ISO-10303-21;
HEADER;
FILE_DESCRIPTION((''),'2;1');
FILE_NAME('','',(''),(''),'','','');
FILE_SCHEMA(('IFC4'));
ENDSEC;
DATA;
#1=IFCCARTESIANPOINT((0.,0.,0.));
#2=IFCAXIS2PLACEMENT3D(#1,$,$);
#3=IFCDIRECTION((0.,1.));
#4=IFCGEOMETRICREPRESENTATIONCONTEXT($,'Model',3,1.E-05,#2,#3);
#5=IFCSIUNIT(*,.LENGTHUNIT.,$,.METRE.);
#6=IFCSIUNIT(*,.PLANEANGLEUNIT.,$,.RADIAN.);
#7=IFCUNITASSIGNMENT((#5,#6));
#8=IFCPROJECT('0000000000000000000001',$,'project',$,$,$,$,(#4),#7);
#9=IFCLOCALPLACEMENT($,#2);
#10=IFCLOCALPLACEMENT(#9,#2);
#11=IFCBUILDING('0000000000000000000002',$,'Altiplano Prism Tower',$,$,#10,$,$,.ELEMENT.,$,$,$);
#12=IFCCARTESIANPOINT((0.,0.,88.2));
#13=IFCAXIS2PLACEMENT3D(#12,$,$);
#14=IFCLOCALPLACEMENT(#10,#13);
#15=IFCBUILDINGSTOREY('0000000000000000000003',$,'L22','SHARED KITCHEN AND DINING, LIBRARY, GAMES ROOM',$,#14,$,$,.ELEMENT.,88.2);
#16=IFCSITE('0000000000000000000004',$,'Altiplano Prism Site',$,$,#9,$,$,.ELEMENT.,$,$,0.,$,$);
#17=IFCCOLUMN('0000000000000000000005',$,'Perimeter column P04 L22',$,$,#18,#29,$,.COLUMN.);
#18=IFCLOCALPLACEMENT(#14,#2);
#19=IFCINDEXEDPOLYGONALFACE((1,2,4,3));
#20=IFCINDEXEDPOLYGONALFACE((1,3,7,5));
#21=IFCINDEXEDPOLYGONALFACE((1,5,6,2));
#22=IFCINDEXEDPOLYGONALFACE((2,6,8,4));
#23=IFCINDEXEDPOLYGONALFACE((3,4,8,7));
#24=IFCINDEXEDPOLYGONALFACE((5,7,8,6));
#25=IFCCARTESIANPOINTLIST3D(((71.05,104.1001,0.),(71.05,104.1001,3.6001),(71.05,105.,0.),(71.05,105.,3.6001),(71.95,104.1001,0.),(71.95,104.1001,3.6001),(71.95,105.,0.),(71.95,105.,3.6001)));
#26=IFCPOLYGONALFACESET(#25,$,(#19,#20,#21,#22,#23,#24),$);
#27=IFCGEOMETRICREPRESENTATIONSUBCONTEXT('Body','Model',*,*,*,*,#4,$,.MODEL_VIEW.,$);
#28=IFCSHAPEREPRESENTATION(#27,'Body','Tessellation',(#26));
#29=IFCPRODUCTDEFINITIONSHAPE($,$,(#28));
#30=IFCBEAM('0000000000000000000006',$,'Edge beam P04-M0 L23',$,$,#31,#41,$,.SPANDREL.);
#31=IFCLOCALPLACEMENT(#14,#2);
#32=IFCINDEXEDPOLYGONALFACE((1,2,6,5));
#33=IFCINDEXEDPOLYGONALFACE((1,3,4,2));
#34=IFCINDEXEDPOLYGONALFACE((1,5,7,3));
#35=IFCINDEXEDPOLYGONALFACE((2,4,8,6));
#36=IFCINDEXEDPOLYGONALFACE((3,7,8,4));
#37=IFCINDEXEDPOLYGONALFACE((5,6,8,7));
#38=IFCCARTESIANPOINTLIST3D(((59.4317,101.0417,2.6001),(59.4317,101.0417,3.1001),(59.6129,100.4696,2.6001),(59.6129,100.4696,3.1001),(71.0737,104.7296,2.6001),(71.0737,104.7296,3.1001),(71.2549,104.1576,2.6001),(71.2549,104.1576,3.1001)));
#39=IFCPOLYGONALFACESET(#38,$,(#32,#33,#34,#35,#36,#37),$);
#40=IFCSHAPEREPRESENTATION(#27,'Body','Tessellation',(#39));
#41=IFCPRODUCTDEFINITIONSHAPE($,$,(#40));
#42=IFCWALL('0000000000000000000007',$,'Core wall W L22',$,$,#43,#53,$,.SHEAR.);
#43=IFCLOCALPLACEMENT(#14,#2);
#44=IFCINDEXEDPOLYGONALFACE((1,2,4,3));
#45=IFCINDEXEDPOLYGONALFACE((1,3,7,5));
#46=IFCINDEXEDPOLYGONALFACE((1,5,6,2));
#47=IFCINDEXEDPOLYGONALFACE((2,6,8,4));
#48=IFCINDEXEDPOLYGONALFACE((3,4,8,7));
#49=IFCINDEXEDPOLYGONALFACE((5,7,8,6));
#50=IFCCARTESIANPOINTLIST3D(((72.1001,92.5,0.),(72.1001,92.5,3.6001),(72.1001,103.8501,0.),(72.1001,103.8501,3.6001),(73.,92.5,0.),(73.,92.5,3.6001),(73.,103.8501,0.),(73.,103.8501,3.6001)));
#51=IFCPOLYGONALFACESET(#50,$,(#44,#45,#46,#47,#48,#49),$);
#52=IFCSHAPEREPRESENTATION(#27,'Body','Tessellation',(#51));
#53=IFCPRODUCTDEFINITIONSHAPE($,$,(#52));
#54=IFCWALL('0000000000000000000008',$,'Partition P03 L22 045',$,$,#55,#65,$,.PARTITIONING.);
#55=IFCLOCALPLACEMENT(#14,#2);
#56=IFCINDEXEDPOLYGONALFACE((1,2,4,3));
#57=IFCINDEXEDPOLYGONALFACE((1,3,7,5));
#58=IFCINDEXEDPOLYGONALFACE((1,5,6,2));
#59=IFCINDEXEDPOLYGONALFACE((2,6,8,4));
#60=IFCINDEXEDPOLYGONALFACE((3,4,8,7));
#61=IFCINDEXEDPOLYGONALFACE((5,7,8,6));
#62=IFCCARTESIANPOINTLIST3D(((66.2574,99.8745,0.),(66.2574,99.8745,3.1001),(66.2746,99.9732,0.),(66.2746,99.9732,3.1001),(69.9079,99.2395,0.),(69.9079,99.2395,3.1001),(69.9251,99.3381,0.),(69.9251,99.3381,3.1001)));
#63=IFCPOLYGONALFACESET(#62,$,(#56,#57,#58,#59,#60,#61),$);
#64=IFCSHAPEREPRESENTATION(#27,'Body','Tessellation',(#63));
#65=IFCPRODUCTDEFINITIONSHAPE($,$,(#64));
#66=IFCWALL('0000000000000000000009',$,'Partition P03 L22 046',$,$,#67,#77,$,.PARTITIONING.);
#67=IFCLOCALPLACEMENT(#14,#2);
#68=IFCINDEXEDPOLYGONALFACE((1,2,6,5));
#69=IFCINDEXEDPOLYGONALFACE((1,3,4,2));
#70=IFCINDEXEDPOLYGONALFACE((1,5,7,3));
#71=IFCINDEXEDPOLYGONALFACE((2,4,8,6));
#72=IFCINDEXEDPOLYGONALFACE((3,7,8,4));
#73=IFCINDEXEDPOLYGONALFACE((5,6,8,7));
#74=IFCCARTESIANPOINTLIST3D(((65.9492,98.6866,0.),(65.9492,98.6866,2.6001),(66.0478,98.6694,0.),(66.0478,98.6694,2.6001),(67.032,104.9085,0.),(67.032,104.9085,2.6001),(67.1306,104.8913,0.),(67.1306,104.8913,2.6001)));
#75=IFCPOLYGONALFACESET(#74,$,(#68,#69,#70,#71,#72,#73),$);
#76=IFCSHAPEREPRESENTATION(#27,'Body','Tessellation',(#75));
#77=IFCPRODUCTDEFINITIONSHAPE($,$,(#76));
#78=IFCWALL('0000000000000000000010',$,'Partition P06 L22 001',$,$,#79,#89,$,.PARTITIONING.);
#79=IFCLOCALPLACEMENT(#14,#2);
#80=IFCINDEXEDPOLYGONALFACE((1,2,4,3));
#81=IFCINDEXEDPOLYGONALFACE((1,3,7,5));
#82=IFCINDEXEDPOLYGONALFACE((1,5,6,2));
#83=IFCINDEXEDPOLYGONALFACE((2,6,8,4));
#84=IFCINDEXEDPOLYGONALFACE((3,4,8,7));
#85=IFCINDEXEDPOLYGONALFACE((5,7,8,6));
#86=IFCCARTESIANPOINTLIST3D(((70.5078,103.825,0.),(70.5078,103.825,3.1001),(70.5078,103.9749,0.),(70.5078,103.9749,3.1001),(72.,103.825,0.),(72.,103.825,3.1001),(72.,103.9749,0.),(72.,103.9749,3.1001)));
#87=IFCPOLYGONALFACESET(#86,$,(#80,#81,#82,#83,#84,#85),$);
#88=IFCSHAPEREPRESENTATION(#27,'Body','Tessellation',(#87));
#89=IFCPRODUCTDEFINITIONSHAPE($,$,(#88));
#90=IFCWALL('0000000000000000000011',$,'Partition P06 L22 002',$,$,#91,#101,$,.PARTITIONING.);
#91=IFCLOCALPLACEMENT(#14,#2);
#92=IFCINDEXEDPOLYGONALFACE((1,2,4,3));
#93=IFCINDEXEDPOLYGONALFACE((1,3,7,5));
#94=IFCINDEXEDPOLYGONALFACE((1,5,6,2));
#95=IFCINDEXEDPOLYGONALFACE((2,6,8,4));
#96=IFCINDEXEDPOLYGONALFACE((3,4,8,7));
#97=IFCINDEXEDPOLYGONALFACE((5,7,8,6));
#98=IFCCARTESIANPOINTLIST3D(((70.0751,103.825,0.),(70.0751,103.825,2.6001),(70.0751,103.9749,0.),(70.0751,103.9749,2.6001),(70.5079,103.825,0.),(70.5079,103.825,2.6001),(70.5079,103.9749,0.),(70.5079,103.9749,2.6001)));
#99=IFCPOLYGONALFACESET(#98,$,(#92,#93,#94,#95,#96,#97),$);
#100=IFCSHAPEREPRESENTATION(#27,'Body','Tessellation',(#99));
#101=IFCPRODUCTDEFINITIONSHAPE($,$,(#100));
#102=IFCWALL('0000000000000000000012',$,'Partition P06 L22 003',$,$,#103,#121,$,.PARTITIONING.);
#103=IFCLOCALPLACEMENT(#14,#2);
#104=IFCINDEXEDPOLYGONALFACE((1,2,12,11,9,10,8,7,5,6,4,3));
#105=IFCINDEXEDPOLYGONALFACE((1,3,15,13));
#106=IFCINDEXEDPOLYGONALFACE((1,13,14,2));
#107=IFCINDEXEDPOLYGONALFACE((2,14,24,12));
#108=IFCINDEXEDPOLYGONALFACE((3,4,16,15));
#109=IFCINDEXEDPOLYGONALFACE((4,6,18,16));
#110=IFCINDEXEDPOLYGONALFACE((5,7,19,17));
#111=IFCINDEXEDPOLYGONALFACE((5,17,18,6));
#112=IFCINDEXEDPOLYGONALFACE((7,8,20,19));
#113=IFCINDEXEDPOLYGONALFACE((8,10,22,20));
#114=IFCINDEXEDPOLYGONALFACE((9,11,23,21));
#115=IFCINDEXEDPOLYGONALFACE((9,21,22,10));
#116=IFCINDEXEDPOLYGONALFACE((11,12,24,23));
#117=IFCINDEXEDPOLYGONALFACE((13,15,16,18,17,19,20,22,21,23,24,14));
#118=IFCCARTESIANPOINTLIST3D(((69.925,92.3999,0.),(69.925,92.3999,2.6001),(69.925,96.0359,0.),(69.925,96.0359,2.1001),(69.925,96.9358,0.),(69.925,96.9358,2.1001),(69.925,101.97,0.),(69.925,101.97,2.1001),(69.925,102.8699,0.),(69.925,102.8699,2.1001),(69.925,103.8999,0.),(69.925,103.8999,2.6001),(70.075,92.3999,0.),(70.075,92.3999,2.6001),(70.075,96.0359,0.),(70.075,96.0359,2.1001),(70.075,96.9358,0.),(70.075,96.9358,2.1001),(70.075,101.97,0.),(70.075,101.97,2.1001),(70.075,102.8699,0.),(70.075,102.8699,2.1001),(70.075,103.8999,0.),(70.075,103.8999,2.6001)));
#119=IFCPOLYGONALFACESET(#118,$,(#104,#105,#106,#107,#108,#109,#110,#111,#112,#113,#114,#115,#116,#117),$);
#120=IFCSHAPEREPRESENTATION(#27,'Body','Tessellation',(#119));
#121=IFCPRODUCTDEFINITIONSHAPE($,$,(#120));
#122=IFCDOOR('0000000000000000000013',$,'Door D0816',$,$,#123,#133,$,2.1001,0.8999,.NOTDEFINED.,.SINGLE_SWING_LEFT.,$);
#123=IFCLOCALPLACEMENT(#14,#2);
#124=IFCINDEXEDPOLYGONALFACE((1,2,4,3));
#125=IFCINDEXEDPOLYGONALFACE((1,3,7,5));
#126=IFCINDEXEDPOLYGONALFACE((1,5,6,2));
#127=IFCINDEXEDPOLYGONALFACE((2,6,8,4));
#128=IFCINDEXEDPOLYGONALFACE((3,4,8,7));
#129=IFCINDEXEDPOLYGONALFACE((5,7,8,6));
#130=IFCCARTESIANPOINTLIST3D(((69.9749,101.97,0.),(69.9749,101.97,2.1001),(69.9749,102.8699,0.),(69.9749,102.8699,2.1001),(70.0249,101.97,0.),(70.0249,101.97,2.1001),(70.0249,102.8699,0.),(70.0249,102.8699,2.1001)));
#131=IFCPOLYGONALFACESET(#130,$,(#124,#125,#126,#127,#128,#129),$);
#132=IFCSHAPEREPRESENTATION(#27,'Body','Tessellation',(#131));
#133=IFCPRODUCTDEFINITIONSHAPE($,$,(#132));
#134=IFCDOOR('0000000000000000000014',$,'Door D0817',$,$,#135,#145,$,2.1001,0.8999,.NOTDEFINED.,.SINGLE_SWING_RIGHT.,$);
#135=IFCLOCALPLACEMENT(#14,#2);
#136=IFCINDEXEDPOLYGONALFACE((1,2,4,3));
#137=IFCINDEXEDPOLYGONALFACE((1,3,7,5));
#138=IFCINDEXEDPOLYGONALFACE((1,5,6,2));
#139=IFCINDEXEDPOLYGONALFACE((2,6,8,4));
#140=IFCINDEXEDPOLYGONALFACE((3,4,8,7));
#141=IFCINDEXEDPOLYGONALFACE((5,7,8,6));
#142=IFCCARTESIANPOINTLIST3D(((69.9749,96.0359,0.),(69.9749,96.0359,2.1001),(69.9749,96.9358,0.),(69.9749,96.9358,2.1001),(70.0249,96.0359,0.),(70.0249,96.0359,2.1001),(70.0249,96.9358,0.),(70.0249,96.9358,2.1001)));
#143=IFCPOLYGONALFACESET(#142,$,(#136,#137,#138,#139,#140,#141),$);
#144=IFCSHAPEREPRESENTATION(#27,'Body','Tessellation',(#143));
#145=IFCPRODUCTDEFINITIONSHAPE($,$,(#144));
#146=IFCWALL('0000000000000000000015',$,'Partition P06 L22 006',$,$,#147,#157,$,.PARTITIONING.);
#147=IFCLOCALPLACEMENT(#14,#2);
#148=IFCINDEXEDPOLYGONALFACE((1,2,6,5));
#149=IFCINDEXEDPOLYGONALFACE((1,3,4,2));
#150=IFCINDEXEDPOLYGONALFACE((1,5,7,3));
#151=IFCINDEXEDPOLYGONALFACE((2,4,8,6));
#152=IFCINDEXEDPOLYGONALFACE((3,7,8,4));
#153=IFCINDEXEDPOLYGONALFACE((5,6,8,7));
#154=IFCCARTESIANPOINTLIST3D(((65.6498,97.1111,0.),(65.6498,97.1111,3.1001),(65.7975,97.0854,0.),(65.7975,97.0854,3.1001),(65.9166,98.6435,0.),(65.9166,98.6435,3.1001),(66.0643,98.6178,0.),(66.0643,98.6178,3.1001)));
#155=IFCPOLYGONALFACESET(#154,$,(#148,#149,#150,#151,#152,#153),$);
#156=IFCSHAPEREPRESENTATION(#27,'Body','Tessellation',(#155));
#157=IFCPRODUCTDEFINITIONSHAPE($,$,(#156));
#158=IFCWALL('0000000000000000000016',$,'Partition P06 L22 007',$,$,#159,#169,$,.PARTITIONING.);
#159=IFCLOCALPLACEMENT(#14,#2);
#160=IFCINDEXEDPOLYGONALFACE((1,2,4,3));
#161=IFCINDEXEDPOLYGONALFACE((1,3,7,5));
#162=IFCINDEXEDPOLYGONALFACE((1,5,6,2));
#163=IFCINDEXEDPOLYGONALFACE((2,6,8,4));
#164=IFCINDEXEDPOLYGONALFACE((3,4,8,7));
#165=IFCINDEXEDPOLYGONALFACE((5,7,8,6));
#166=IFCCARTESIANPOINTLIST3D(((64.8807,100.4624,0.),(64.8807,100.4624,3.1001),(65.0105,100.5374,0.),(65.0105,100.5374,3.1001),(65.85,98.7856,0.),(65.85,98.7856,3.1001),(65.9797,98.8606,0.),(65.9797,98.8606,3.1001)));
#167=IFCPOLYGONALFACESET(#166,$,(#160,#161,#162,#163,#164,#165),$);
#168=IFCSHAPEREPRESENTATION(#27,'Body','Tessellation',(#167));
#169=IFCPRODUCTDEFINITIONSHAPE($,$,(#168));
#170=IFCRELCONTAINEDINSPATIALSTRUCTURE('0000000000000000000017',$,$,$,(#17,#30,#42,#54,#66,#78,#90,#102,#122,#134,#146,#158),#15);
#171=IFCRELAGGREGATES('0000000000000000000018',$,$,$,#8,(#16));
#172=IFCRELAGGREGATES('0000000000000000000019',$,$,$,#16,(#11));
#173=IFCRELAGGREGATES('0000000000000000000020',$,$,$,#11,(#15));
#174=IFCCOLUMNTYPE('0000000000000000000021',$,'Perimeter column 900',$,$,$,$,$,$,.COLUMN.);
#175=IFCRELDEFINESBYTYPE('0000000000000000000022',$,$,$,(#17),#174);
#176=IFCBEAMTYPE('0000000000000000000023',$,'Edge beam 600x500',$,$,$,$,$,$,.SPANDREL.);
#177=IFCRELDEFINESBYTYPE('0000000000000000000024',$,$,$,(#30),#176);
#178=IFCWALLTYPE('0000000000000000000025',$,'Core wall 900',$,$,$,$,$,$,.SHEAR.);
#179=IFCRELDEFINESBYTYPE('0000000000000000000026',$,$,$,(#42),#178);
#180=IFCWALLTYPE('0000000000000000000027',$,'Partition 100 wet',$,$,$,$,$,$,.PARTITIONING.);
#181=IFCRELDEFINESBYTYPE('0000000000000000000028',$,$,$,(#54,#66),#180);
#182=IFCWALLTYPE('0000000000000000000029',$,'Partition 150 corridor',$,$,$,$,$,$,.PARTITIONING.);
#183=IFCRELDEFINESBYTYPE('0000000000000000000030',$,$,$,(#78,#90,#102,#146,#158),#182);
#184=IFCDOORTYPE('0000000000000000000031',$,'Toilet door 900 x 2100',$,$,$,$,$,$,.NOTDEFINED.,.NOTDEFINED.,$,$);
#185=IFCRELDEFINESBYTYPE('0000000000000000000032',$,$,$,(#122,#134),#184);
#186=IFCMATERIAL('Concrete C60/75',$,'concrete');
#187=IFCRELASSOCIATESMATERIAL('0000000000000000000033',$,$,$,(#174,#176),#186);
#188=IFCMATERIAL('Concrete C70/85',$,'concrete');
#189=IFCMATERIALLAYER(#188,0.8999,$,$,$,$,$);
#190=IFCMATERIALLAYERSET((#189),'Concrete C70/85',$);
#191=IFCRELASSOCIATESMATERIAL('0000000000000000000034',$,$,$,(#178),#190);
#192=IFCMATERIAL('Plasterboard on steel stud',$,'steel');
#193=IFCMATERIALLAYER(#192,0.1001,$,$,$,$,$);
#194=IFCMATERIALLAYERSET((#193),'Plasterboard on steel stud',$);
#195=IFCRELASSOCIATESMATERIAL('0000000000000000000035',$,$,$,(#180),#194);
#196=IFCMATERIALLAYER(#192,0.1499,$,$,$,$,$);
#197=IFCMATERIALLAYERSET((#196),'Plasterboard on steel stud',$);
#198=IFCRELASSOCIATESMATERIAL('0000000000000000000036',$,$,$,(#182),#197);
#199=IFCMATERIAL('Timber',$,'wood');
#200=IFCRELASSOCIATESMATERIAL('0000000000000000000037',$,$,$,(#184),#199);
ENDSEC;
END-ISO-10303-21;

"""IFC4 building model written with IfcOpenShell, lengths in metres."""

from ifc_helpers import new_model, si_unit, direction, frame, frame_2d, origin, origin_2d, place, context, subcontext, project, spatial, rectangle, extrude, material, layer, layer_set, material_profile, profile_set, type_object, element, fill, save


model = new_model("IFC4")

# Units and contexts
model_context = context("Model", 3, precision=1e-05, world=origin(), true_north=direction((0.0, 1.0)))
body_context = subcontext(model_context, "Body", "Model", "MODEL_VIEW")
ifc_project = project(units=[si_unit("LENGTHUNIT", "METRE"), si_unit("PLANEANGLEUNIT", "RADIAN")], contexts=[model_context])

# Site, building, storey
site_placement = place(None, origin())
site = spatial("IfcSite", under=ifc_project, at=site_placement, Name="Altiplano Prism Site", CompositionType="ELEMENT", RefElevation=0.0)
building_placement = place(site_placement, origin())
building = spatial("IfcBuilding", under=site, at=building_placement, Name="Altiplano Prism Tower", CompositionType="ELEMENT")
storey_placement = place(building_placement, frame((0.0, 0.0, 88.2)))
storey = spatial("IfcBuildingStorey", under=building, at=storey_placement, Name="L22", Description="SHARED KITCHEN AND DINING, LIBRARY, GAMES ROOM", CompositionType="ELEMENT", Elevation=88.2)

# Column
ifc_material_1 = material(Name="Concrete C60/75", Category="concrete")
ifc_material_profile_1 = material_profile(ifc_material_1, rectangle(XDim=0.8999, YDim=0.8999, at=origin_2d()), Name="Perimeter column 900")
ifc_profile_set_1 = profile_set([ifc_material_profile_1], Name="Concrete C60/75")
column_type = type_object("IfcColumnType", Name="Perimeter column 900", PredefinedType="COLUMN", material=ifc_profile_set_1)
column_placement = place(storey_placement, frame((71.5, 104.55, 0.0), z_axis=(0.0, 0.0, 1.0), x_axis=(1.0, 0.0, 0.0)))
element("IfcColumn", 1, at=column_placement, inside=storey, type_object=column_type, Name="Perimeter column P04 L22", PredefinedType="COLUMN", context=body_context, shape_type="SweptSolid", body=[
    extrude(rectangle(XDim=0.8999, YDim=0.8999, at=origin_2d()), origin(), (0.0, 0.0, 1.0), 3.6001),
])

# Beam
ifc_material_profile_2 = material_profile(ifc_material_1, rectangle(XDim=0.6001, YDim=0.5, at=origin_2d()), Name="Edge beam 600x500")
ifc_profile_set_2 = profile_set([ifc_material_profile_2], Name="Concrete C60/75")
beam_type = type_object("IfcBeamType", Name="Edge beam 600x500", PredefinedType="SPANDREL", material=ifc_profile_set_2)
beam_placement = place(storey_placement, frame((71.1643, 104.4436, 2.8501), z_axis=(-0.953311, -0.30199, 0.0), x_axis=(0.30199, -0.953311, 0.0)))
element("IfcBeam", 2, at=beam_placement, inside=storey, type_object=beam_type, Name="Edge beam P04-M0 L23", PredefinedType="SPANDREL", context=body_context, shape_type="SweptSolid", body=[
    extrude(rectangle(XDim=0.6001, YDim=0.5, at=origin_2d()), origin(), (0.0, 0.0, 1.0), 12.2122),
])

# Walls
ifc_material_2 = material(Name="Concrete C70/85", Category="concrete")
ifc_layer_1 = layer(ifc_material_2, 0.8999)
ifc_layer_set_1 = layer_set([ifc_layer_1], Name="Concrete C70/85")
wall_type_1 = type_object("IfcWallType", Name="Core wall 900", PredefinedType="SHEAR", material=ifc_layer_set_1)
wall_1_placement = place(storey_placement, frame((72.55, 103.8501, 0.0), z_axis=(0.0, 0.0, 1.0), x_axis=(0.0, -1.0, 0.0)))
element("IfcWall", 3, at=wall_1_placement, inside=storey, type_object=wall_type_1, Name="Core wall W L22", PredefinedType="SHEAR", context=body_context, shape_type="SweptSolid", body=[
    extrude(rectangle(XDim=11.3501, YDim=0.8999, at=frame_2d((5.675, 0.0))), origin(), (0.0, 0.0, 1.0), 3.6001),
])
ifc_material_3 = material(Name="Plasterboard on steel stud", Category="steel")
ifc_layer_2 = layer(ifc_material_3, 0.1001)
ifc_layer_set_2 = layer_set([ifc_layer_2], Name="Plasterboard on steel stud")
wall_type_2 = type_object("IfcWallType", Name="Partition 100 wet", PredefinedType="PARTITIONING", material=ifc_layer_set_2)
wall_2_placement = place(storey_placement, frame((66.2661, 99.9238, 0.0), z_axis=(0.0, 0.0, 1.0), x_axis=(0.985204, -0.171383, 0.0)))
element("IfcWall", 4, at=wall_2_placement, inside=storey, type_object=wall_type_2, Name="Partition P03 L22 045", PredefinedType="PARTITIONING", context=body_context, shape_type="SweptSolid", body=[
    extrude(rectangle(XDim=3.7053, YDim=0.1001, at=frame_2d((1.8525, 0.0))), origin(), (0.0, 0.0, 1.0), 3.1001),
])
wall_3_placement = place(storey_placement, frame((67.0813, 104.8999, 0.0), z_axis=(0.0, 0.0, 1.0), x_axis=(-0.171447, -0.985193, 0.0)))
element("IfcWall", 5, at=wall_3_placement, inside=storey, type_object=wall_type_2, Name="Partition P03 L22 046", PredefinedType="PARTITIONING", context=body_context, shape_type="SweptSolid", body=[
    extrude(rectangle(XDim=6.3154, YDim=0.1001, at=frame_2d((3.1577, 0.0))), origin(), (0.0, 0.0, 1.0), 2.6001),
])
ifc_layer_3 = layer(ifc_material_3, 0.1499)
ifc_layer_set_3 = layer_set([ifc_layer_3], Name="Plasterboard on steel stud")
wall_type_3 = type_object("IfcWallType", Name="Partition 150 corridor", PredefinedType="PARTITIONING", material=ifc_layer_set_3)
wall_4_placement = place(storey_placement, frame((72.0, 103.8999, 0.0), z_axis=(0.0, 0.0, 1.0), x_axis=(-1.0, 0.0, 0.0)))
element("IfcWall", 6, at=wall_4_placement, inside=storey, type_object=wall_type_3, Name="Partition P06 L22 001", PredefinedType="PARTITIONING", context=body_context, shape_type="SweptSolid", body=[
    extrude(rectangle(XDim=1.4922, YDim=0.1499, at=frame_2d((0.7461, 0.0))), origin(), (0.0, 0.0, 1.0), 3.1001),
])
wall_5_placement = place(storey_placement, frame((70.5078, 103.8999, 0.0), z_axis=(0.0, 0.0, 1.0), x_axis=(-1.0, 0.0, 0.0)))
element("IfcWall", 7, at=wall_5_placement, inside=storey, type_object=wall_type_3, Name="Partition P06 L22 002", PredefinedType="PARTITIONING", context=body_context, shape_type="SweptSolid", body=[
    extrude(rectangle(XDim=0.4329, YDim=0.1499, at=frame_2d((0.2163, 0.0))), origin(), (0.0, 0.0, 1.0), 2.6001),
])

# Wall, openings, doors
wall_6_placement = place(storey_placement, frame((70.0, 103.8999, 0.0), z_axis=(0.0, 0.0, 1.0), x_axis=(0.0, -1.0, 0.0)))
wall_6 = element("IfcWall", 8, at=wall_6_placement, inside=storey, type_object=wall_type_3, Name="Partition P06 L22 003", PredefinedType="PARTITIONING", context=body_context, shape_type="SweptSolid", body=[
    extrude(rectangle(XDim=11.5, YDim=0.1499, at=frame_2d((5.75, 0.0))), origin(), (0.0, 0.0, 1.0), 2.6001),
])
opening_1_placement = place(wall_6_placement, frame((1.03, 0.0, 0.0)))
opening_1 = element("IfcOpeningElement", 9, at=opening_1_placement, cuts=wall_6, PredefinedType="OPENING", context=body_context, shape_type="SweptSolid", body=[
    extrude(rectangle(XDim=0.8999, YDim=2.1001, at=frame_2d((0.45, 1.05))), frame((0.0, 0.0854, 0.0), z_axis=(0.0, -1.0, 0.0), x_axis=(1.0, 0.0, 0.0)), (0.0, 0.0, 1.0), 0.1709),
])
opening_2_placement = place(wall_6_placement, frame((6.9641, 0.0, 0.0)))
opening_2 = element("IfcOpeningElement", 10, at=opening_2_placement, cuts=wall_6, PredefinedType="OPENING", context=body_context, shape_type="SweptSolid", body=[
    extrude(rectangle(XDim=0.8999, YDim=2.1001, at=frame_2d((0.45, 1.05))), frame((0.0, 0.0854, 0.0), z_axis=(0.0, -1.0, 0.0), x_axis=(1.0, 0.0, 0.0)), (0.0, 0.0, 1.0), 0.1709),
])
ifc_material_4 = material(Name="Timber", Category="wood")
door_type = type_object("IfcDoorType", Name="Toilet door 900 x 2100", OperationType="NOTDEFINED", PredefinedType="NOTDEFINED", material=ifc_material_4)
door_1_placement = place(opening_1_placement, origin())
door_1 = element("IfcDoor", 11, at=door_1_placement, inside=storey, type_object=door_type, Name="Door D0816", OperationType="SINGLE_SWING_LEFT", OverallHeight=2.1001, OverallWidth=0.8999, PredefinedType="NOTDEFINED", context=body_context, shape_type="SweptSolid", body=[
    extrude(rectangle(XDim=0.8999, YDim=2.1001, at=frame_2d((0.45, 1.05))), frame((0.0, 0.0249, 0.0), z_axis=(0.0, -1.0, 0.0), x_axis=(1.0, 0.0, 0.0)), (0.0, 0.0, 1.0), 0.05),
])
fill(opening_1, door_1)
door_2_placement = place(opening_2_placement, origin())
door_2 = element("IfcDoor", 12, at=door_2_placement, inside=storey, type_object=door_type, Name="Door D0817", OperationType="SINGLE_SWING_RIGHT", OverallHeight=2.1001, OverallWidth=0.8999, PredefinedType="NOTDEFINED", context=body_context, shape_type="SweptSolid", body=[
    extrude(rectangle(XDim=0.8999, YDim=2.1001, at=frame_2d((0.45, 1.05))), frame((0.0, 0.0249, 0.0), z_axis=(0.0, -1.0, 0.0), x_axis=(1.0, 0.0, 0.0)), (0.0, 0.0, 1.0), 0.05),
])
fill(opening_2, door_2)

# Walls
wall_7_placement = place(storey_placement, frame((65.7236, 97.0981, 0.0), z_axis=(0.0, 0.0, 1.0), x_axis=(0.171547, 0.985176, 0.0)))
element("IfcWall", 13, at=wall_7_placement, inside=storey, type_object=wall_type_3, Name="Partition P06 L22 006", PredefinedType="PARTITIONING", context=body_context, shape_type="SweptSolid", body=[
    extrude(rectangle(XDim=1.5554, YDim=0.1499, at=frame_2d((0.7778, 0.0))), origin(), (0.0, 0.0, 1.0), 3.1001),
])
wall_8_placement = place(storey_placement, frame((65.9148, 98.8232, 0.0), z_axis=(0.0, 0.0, 1.0), x_axis=(-0.50045, 0.865766, 0.0)))
element("IfcWall", 14, at=wall_8_placement, inside=storey, type_object=wall_type_3, Name="Partition P06 L22 007", PredefinedType="PARTITIONING", context=body_context, shape_type="SweptSolid", body=[
    extrude(rectangle(XDim=1.9368, YDim=0.1499, at=frame_2d((0.9683, 0.0))), origin(), (0.0, 0.0, 1.0), 3.1001),
])

save(model, "model.ifc")
